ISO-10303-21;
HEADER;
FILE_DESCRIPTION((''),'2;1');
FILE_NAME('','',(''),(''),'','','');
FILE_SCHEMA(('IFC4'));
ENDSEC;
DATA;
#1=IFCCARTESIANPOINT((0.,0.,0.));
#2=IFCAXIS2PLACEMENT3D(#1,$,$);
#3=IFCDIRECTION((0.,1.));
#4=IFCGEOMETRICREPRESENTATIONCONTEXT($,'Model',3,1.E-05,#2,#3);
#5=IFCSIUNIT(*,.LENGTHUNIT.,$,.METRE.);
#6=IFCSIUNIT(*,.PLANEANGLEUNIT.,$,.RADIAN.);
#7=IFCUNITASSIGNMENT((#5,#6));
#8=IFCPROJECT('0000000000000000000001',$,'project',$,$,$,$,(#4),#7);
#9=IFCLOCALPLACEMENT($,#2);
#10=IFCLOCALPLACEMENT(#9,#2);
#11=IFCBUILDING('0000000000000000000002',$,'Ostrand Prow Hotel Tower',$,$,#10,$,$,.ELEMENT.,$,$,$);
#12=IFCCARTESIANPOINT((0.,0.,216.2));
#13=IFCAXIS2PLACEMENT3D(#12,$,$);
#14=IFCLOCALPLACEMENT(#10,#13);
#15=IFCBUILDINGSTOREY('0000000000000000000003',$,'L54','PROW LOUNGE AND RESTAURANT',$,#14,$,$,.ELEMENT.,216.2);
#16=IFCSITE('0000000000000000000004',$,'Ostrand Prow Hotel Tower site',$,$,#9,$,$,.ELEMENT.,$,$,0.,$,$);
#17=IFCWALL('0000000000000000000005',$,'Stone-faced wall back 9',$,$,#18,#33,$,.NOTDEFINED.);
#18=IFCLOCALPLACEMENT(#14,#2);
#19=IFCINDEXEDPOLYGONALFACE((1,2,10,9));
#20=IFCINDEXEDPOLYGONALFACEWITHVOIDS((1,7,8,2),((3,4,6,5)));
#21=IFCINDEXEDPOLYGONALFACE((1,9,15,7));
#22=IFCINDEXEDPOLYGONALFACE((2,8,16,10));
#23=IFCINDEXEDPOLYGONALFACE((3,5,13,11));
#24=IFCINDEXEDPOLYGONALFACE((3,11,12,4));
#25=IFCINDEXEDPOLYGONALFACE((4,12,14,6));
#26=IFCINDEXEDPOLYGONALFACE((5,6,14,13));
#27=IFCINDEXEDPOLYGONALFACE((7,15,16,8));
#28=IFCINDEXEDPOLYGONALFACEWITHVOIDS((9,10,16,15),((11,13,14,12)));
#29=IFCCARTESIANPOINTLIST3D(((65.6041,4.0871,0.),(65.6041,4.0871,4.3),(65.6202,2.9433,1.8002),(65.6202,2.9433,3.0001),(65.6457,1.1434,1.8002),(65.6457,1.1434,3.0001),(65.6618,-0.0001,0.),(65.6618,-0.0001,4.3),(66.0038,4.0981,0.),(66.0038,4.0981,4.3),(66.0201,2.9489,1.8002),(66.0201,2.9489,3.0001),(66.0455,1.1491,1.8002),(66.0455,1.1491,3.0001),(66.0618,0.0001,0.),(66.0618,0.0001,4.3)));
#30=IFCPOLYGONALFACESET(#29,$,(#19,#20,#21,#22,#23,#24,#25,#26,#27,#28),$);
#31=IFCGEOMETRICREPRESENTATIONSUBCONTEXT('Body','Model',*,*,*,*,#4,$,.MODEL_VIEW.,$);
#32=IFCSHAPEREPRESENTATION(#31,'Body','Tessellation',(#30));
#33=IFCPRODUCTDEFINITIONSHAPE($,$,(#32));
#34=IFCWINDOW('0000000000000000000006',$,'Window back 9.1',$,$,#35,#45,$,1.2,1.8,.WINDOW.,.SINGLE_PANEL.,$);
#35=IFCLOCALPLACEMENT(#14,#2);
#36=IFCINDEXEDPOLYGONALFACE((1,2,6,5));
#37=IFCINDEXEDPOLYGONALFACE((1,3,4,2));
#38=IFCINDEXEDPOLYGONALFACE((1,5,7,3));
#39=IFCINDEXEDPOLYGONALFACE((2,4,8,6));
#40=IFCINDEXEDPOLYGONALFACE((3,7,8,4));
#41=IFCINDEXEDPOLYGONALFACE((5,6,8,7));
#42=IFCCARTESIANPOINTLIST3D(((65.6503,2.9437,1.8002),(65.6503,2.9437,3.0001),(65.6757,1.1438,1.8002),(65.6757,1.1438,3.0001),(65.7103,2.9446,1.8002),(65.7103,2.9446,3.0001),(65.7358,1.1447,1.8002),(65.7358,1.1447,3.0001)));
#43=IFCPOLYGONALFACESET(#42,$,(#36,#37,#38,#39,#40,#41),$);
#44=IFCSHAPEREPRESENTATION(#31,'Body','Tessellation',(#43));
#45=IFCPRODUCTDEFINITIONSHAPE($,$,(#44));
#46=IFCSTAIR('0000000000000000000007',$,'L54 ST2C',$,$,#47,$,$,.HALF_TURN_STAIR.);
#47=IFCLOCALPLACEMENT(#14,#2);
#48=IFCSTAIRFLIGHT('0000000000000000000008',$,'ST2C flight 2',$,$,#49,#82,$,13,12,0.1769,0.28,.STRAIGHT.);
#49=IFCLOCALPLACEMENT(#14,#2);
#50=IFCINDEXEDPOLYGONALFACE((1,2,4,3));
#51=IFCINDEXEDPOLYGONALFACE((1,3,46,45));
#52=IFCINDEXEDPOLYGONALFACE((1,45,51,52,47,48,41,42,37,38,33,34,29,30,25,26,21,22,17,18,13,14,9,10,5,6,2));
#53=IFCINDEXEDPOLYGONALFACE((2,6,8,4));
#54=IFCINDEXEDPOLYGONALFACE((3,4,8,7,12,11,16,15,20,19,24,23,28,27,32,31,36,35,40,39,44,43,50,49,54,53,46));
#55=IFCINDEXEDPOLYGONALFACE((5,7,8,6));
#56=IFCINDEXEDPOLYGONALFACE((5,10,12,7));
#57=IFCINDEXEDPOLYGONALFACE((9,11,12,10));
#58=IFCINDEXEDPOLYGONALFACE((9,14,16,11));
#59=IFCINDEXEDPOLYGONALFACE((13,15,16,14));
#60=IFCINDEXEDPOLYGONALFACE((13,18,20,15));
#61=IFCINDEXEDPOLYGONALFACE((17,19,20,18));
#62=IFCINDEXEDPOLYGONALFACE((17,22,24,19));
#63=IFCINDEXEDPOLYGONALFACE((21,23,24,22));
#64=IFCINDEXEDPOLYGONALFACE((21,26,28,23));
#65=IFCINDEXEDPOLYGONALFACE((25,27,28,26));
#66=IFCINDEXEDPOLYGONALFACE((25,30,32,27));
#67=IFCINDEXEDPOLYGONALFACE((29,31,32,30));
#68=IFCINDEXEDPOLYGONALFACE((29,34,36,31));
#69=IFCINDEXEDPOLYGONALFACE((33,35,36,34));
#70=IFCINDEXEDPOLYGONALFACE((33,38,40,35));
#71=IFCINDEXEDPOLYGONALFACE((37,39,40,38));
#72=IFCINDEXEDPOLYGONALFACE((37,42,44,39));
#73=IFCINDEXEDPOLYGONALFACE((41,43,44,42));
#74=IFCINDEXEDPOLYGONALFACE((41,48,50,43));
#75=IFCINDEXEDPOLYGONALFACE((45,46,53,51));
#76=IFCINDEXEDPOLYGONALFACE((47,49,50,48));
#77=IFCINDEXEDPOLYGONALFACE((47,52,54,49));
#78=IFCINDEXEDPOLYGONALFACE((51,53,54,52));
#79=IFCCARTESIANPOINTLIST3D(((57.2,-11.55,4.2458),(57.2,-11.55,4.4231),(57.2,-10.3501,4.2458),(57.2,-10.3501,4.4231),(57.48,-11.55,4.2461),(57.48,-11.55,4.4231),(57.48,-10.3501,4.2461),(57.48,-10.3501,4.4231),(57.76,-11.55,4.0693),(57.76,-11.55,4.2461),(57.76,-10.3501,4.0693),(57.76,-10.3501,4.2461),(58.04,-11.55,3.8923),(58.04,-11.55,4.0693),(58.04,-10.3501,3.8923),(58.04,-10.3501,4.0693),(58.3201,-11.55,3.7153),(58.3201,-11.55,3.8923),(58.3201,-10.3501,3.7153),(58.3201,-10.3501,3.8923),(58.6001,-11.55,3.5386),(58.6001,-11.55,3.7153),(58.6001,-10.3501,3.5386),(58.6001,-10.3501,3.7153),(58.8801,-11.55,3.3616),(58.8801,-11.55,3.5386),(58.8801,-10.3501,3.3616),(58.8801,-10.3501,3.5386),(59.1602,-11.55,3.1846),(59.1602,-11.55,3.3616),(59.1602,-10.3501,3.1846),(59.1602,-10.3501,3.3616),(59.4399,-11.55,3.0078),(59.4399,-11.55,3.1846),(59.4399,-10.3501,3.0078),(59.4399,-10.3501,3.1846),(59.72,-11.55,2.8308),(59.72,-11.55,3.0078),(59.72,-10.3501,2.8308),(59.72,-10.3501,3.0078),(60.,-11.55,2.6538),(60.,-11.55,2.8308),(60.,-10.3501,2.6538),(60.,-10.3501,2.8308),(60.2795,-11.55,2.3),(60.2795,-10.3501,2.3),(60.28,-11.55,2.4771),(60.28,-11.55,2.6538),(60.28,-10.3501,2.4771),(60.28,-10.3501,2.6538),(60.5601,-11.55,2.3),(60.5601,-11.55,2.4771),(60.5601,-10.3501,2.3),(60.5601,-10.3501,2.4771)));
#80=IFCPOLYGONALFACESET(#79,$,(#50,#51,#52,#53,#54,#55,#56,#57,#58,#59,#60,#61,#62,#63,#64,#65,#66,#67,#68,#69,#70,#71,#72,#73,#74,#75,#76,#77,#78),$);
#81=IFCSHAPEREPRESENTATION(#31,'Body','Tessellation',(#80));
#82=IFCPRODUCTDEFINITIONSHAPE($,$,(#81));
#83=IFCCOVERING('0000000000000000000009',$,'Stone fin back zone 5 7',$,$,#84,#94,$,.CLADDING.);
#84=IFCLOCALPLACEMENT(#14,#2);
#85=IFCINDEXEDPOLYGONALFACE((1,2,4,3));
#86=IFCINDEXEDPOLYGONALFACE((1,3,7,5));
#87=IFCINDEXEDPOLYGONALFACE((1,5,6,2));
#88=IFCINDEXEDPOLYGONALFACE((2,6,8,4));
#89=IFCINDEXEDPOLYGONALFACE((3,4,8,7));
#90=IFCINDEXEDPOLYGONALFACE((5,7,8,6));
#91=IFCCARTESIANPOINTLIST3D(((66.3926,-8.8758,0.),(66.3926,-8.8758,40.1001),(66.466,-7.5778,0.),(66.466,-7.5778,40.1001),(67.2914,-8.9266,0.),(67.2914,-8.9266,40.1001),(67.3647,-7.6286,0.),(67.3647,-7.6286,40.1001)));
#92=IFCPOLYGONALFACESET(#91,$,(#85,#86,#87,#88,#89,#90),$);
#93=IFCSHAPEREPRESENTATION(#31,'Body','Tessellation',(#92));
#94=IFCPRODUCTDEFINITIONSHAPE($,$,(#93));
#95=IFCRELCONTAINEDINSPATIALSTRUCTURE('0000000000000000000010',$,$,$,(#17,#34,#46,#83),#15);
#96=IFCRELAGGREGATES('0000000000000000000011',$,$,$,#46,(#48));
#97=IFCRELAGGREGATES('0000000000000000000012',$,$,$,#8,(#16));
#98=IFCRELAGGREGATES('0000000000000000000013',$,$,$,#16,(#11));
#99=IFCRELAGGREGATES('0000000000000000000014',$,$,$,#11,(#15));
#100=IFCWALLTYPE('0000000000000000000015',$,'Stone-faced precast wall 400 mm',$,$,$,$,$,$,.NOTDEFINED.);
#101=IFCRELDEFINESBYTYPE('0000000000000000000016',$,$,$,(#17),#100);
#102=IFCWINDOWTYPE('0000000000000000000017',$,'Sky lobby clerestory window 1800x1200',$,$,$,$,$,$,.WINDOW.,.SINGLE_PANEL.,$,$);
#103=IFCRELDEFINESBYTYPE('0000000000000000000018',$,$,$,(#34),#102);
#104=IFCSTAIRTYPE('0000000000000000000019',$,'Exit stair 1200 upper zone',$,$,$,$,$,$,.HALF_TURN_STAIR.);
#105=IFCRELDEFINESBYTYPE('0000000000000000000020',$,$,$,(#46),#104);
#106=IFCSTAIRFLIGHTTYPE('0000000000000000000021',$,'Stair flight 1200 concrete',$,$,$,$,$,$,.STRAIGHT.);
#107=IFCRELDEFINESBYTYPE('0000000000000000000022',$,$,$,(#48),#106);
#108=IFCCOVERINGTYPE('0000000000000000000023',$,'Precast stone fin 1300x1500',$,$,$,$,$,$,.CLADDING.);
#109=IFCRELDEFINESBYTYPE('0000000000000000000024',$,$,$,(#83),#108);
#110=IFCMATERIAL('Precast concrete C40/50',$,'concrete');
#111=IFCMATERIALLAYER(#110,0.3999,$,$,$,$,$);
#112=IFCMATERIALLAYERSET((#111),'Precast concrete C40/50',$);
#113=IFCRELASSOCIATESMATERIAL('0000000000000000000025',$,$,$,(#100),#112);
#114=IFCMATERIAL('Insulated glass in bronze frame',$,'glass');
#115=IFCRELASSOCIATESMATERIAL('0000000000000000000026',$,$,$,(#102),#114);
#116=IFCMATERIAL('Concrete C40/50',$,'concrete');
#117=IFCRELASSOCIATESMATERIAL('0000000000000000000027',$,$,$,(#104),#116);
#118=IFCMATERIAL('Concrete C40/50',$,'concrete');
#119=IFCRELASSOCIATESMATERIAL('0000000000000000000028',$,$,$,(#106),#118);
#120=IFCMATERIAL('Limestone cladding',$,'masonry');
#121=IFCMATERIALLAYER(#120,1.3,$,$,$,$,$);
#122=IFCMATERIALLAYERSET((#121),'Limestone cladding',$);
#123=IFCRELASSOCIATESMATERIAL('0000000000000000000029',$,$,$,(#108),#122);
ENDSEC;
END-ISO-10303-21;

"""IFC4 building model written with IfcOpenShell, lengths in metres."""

from ifc_helpers import new_model, si_unit, direction, frame, frame_2d, origin, place, context, subcontext, project, spatial, polyline, rectangle, outline, extrude, material, layer, layer_set, type_object, element, fill, aggregate, save


model = new_model("IFC4")

# Units and contexts
model_context = context("Model", 3, precision=1e-05, world=origin(), true_north=direction((0.0, 1.0)))
body_context = subcontext(model_context, "Body", "Model", "MODEL_VIEW")
ifc_project = project(units=[si_unit("LENGTHUNIT", "METRE"), si_unit("PLANEANGLEUNIT", "RADIAN")], contexts=[model_context])

# Site, building, storey
site_placement = place(None, origin())
site = spatial("IfcSite", under=ifc_project, at=site_placement, Name="Ostrand Prow Hotel Tower site", CompositionType="ELEMENT", RefElevation=0.0)
building_placement = place(site_placement, origin())
building = spatial("IfcBuilding", under=site, at=building_placement, Name="Ostrand Prow Hotel Tower", CompositionType="ELEMENT")
storey_placement = place(building_placement, frame((0.0, 0.0, 216.2)))
storey = spatial("IfcBuildingStorey", under=building, at=storey_placement, Name="L54", Description="PROW LOUNGE AND RESTAURANT", CompositionType="ELEMENT", Elevation=216.2)

# Shared definitions
ifc_material_1 = material(Name="Precast concrete C40/50", Category="concrete")
ifc_layer_1 = layer(ifc_material_1, 0.3999)
ifc_layer_set_1 = layer_set([ifc_layer_1], Name="Precast concrete C40/50")
wall_type_1 = type_object("IfcWallType", Name="Stone-faced precast wall 400 mm", PredefinedType="NOTDEFINED", material=ifc_layer_set_1)

# Shared definitions
ifc_material_2 = material(Name="Insulated glass in bronze frame", Category="glass")
window_type = type_object("IfcWindowType", Name="Sky lobby clerestory window 1800x1200", PartitioningType="SINGLE_PANEL", PredefinedType="WINDOW", material=ifc_material_2)

# Wall, opening, window
wall_1_placement = place(storey_placement, frame((65.8618, 0.0, 0.0), z_axis=(0.0, 0.0, 1.0), x_axis=(-0.014137, 0.9999, 0.0)))
wall_1 = element("IfcWall", 1, at=wall_1_placement, inside=storey, type_object=wall_type_1, Name="Stone-faced wall back 9", PredefinedType="NOTDEFINED", context=body_context, shape_type="SweptSolid", body=[
    extrude(outline(polyline([(-0.0027, -0.2), (4.0957, -0.2), (4.0903, 0.2), (0.0027, 0.2), (-0.0027, -0.2)])), origin(), (0.0, 0.0, 1.0), 4.3),
])
opening_1_placement = place(wall_1_placement, frame((1.1465, 0.0, 1.8)))
opening_1 = element("IfcOpeningElement", 2, at=opening_1_placement, cuts=wall_1, PredefinedType="OPENING", context=body_context, shape_type="SweptSolid", body=[
    extrude(rectangle(XDim=1.8, YDim=1.2, at=frame_2d((0.8999, 0.6001))), frame((0.0, 0.21, 0.0), z_axis=(0.0, -1.0, 0.0), x_axis=(1.0, 0.0, 0.0)), (0.0, 0.0, 1.0), 0.4199),
])
window_1_placement = place(opening_1_placement, origin())
window_1 = element("IfcWindow", 3, at=window_1_placement, inside=storey, type_object=window_type, Name="Window back 9.1", OverallHeight=1.2, OverallWidth=1.8, PartitioningType="SINGLE_PANEL", PredefinedType="WINDOW", context=body_context, shape_type="SweptSolid", body=[
    extrude(rectangle(XDim=1.8, YDim=1.2, at=frame_2d((0.8999, 0.6001))), frame((0.0, 0.1699, 0.0), z_axis=(0.0, -1.0, 0.0), x_axis=(1.0, 0.0, 0.0)), (0.0, 0.0, 1.0), 0.0601),
])
fill(opening_1, window_1)

# Stair, stair flight
ifc_material_3 = material(Name="Concrete C40/50", Category="concrete")
stair_type = type_object("IfcStairType", Name="Exit stair 1200 upper zone", PredefinedType="HALF_TURN_STAIR", material=ifc_material_3)
stair_placement = place(storey_placement, origin())
stair = element("IfcStair", 4, at=stair_placement, inside=storey, type_object=stair_type, Name="L54 ST2C", PredefinedType="HALF_TURN_STAIR")
ifc_material_4 = material(Name="Concrete C40/50", Category="concrete")
stair_flight_type = type_object("IfcStairFlightType", Name="Stair flight 1200 concrete", PredefinedType="STRAIGHT", material=ifc_material_4)
stair_flight_placement = place(storey_placement, frame((60.5601, -10.95, 2.3), z_axis=(0.0, 0.0, 1.0), x_axis=(-1.0, 0.0, 0.0)))
stair_flight = element("IfcStairFlight", 5, at=stair_flight_placement, type_object=stair_flight_type, Name="ST2C flight 2", NumberOfRisers=13, NumberOfTreads=12, PredefinedType="STRAIGHT", RiserHeight=0.1769, TreadLength=0.28, context=body_context, shape_type="SweptSolid", body=[
    extrude(outline(polyline([(0.0, 0.0), (0.0, 0.177), (0.28, 0.177), (0.28, 0.3538), (0.5601, 0.3538), (0.5601, 0.5308), (0.8401, 0.5308), (0.8401, 0.7078), (1.1201, 0.7078), (1.1201, 0.8845), (1.3999, 0.8845), (1.3999, 1.0615), (1.6799, 1.0615), (1.6799, 1.2385), (1.96, 1.2385), (1.96, 1.4153), (2.24, 1.4153), (2.24, 1.5923), (2.52, 1.5923), (2.52, 1.7693), (2.8, 1.7693), (2.8, 1.946), (3.0801, 1.946), (3.0801, 2.123), (3.3601, 2.123), (3.3601, 2.3), (3.3601, 1.9458), (0.2805, 0.0), (0.0, 0.0)])), frame((0.0, 0.6001, 0.0), z_axis=(0.0, -1.0, 0.0), x_axis=(1.0, 0.0, 0.0)), (0.0, 0.0, 1.0), 1.2),
])
aggregate(stair, [stair_flight])

# Covering
ifc_material_5 = material(Name="Limestone cladding", Category="masonry")
ifc_layer_2 = layer(ifc_material_5, 1.3)
ifc_layer_set_2 = layer_set([ifc_layer_2], Name="Limestone cladding")
covering_type = type_object("IfcCoveringType", Name="Precast stone fin 1300x1500", PredefinedType="CLADDING", material=ifc_layer_set_2)
covering_placement = place(storey_placement, frame((66.4292, -8.2268, 0.0), z_axis=(0.0, 0.0, 1.0), x_axis=(0.998407, -0.056416, 0.0)))
element("IfcCovering", 6, at=covering_placement, inside=storey, type_object=covering_type, Name="Stone fin back zone 5 7", PredefinedType="CLADDING", context=body_context, shape_type="SweptSolid", body=[
    extrude(rectangle(XDim=0.9001, YDim=1.3, at=frame_2d((0.4502, 0.0))), origin(), (0.0, 0.0, 1.0), 40.1001),
])

save(model, "model.ifc")
